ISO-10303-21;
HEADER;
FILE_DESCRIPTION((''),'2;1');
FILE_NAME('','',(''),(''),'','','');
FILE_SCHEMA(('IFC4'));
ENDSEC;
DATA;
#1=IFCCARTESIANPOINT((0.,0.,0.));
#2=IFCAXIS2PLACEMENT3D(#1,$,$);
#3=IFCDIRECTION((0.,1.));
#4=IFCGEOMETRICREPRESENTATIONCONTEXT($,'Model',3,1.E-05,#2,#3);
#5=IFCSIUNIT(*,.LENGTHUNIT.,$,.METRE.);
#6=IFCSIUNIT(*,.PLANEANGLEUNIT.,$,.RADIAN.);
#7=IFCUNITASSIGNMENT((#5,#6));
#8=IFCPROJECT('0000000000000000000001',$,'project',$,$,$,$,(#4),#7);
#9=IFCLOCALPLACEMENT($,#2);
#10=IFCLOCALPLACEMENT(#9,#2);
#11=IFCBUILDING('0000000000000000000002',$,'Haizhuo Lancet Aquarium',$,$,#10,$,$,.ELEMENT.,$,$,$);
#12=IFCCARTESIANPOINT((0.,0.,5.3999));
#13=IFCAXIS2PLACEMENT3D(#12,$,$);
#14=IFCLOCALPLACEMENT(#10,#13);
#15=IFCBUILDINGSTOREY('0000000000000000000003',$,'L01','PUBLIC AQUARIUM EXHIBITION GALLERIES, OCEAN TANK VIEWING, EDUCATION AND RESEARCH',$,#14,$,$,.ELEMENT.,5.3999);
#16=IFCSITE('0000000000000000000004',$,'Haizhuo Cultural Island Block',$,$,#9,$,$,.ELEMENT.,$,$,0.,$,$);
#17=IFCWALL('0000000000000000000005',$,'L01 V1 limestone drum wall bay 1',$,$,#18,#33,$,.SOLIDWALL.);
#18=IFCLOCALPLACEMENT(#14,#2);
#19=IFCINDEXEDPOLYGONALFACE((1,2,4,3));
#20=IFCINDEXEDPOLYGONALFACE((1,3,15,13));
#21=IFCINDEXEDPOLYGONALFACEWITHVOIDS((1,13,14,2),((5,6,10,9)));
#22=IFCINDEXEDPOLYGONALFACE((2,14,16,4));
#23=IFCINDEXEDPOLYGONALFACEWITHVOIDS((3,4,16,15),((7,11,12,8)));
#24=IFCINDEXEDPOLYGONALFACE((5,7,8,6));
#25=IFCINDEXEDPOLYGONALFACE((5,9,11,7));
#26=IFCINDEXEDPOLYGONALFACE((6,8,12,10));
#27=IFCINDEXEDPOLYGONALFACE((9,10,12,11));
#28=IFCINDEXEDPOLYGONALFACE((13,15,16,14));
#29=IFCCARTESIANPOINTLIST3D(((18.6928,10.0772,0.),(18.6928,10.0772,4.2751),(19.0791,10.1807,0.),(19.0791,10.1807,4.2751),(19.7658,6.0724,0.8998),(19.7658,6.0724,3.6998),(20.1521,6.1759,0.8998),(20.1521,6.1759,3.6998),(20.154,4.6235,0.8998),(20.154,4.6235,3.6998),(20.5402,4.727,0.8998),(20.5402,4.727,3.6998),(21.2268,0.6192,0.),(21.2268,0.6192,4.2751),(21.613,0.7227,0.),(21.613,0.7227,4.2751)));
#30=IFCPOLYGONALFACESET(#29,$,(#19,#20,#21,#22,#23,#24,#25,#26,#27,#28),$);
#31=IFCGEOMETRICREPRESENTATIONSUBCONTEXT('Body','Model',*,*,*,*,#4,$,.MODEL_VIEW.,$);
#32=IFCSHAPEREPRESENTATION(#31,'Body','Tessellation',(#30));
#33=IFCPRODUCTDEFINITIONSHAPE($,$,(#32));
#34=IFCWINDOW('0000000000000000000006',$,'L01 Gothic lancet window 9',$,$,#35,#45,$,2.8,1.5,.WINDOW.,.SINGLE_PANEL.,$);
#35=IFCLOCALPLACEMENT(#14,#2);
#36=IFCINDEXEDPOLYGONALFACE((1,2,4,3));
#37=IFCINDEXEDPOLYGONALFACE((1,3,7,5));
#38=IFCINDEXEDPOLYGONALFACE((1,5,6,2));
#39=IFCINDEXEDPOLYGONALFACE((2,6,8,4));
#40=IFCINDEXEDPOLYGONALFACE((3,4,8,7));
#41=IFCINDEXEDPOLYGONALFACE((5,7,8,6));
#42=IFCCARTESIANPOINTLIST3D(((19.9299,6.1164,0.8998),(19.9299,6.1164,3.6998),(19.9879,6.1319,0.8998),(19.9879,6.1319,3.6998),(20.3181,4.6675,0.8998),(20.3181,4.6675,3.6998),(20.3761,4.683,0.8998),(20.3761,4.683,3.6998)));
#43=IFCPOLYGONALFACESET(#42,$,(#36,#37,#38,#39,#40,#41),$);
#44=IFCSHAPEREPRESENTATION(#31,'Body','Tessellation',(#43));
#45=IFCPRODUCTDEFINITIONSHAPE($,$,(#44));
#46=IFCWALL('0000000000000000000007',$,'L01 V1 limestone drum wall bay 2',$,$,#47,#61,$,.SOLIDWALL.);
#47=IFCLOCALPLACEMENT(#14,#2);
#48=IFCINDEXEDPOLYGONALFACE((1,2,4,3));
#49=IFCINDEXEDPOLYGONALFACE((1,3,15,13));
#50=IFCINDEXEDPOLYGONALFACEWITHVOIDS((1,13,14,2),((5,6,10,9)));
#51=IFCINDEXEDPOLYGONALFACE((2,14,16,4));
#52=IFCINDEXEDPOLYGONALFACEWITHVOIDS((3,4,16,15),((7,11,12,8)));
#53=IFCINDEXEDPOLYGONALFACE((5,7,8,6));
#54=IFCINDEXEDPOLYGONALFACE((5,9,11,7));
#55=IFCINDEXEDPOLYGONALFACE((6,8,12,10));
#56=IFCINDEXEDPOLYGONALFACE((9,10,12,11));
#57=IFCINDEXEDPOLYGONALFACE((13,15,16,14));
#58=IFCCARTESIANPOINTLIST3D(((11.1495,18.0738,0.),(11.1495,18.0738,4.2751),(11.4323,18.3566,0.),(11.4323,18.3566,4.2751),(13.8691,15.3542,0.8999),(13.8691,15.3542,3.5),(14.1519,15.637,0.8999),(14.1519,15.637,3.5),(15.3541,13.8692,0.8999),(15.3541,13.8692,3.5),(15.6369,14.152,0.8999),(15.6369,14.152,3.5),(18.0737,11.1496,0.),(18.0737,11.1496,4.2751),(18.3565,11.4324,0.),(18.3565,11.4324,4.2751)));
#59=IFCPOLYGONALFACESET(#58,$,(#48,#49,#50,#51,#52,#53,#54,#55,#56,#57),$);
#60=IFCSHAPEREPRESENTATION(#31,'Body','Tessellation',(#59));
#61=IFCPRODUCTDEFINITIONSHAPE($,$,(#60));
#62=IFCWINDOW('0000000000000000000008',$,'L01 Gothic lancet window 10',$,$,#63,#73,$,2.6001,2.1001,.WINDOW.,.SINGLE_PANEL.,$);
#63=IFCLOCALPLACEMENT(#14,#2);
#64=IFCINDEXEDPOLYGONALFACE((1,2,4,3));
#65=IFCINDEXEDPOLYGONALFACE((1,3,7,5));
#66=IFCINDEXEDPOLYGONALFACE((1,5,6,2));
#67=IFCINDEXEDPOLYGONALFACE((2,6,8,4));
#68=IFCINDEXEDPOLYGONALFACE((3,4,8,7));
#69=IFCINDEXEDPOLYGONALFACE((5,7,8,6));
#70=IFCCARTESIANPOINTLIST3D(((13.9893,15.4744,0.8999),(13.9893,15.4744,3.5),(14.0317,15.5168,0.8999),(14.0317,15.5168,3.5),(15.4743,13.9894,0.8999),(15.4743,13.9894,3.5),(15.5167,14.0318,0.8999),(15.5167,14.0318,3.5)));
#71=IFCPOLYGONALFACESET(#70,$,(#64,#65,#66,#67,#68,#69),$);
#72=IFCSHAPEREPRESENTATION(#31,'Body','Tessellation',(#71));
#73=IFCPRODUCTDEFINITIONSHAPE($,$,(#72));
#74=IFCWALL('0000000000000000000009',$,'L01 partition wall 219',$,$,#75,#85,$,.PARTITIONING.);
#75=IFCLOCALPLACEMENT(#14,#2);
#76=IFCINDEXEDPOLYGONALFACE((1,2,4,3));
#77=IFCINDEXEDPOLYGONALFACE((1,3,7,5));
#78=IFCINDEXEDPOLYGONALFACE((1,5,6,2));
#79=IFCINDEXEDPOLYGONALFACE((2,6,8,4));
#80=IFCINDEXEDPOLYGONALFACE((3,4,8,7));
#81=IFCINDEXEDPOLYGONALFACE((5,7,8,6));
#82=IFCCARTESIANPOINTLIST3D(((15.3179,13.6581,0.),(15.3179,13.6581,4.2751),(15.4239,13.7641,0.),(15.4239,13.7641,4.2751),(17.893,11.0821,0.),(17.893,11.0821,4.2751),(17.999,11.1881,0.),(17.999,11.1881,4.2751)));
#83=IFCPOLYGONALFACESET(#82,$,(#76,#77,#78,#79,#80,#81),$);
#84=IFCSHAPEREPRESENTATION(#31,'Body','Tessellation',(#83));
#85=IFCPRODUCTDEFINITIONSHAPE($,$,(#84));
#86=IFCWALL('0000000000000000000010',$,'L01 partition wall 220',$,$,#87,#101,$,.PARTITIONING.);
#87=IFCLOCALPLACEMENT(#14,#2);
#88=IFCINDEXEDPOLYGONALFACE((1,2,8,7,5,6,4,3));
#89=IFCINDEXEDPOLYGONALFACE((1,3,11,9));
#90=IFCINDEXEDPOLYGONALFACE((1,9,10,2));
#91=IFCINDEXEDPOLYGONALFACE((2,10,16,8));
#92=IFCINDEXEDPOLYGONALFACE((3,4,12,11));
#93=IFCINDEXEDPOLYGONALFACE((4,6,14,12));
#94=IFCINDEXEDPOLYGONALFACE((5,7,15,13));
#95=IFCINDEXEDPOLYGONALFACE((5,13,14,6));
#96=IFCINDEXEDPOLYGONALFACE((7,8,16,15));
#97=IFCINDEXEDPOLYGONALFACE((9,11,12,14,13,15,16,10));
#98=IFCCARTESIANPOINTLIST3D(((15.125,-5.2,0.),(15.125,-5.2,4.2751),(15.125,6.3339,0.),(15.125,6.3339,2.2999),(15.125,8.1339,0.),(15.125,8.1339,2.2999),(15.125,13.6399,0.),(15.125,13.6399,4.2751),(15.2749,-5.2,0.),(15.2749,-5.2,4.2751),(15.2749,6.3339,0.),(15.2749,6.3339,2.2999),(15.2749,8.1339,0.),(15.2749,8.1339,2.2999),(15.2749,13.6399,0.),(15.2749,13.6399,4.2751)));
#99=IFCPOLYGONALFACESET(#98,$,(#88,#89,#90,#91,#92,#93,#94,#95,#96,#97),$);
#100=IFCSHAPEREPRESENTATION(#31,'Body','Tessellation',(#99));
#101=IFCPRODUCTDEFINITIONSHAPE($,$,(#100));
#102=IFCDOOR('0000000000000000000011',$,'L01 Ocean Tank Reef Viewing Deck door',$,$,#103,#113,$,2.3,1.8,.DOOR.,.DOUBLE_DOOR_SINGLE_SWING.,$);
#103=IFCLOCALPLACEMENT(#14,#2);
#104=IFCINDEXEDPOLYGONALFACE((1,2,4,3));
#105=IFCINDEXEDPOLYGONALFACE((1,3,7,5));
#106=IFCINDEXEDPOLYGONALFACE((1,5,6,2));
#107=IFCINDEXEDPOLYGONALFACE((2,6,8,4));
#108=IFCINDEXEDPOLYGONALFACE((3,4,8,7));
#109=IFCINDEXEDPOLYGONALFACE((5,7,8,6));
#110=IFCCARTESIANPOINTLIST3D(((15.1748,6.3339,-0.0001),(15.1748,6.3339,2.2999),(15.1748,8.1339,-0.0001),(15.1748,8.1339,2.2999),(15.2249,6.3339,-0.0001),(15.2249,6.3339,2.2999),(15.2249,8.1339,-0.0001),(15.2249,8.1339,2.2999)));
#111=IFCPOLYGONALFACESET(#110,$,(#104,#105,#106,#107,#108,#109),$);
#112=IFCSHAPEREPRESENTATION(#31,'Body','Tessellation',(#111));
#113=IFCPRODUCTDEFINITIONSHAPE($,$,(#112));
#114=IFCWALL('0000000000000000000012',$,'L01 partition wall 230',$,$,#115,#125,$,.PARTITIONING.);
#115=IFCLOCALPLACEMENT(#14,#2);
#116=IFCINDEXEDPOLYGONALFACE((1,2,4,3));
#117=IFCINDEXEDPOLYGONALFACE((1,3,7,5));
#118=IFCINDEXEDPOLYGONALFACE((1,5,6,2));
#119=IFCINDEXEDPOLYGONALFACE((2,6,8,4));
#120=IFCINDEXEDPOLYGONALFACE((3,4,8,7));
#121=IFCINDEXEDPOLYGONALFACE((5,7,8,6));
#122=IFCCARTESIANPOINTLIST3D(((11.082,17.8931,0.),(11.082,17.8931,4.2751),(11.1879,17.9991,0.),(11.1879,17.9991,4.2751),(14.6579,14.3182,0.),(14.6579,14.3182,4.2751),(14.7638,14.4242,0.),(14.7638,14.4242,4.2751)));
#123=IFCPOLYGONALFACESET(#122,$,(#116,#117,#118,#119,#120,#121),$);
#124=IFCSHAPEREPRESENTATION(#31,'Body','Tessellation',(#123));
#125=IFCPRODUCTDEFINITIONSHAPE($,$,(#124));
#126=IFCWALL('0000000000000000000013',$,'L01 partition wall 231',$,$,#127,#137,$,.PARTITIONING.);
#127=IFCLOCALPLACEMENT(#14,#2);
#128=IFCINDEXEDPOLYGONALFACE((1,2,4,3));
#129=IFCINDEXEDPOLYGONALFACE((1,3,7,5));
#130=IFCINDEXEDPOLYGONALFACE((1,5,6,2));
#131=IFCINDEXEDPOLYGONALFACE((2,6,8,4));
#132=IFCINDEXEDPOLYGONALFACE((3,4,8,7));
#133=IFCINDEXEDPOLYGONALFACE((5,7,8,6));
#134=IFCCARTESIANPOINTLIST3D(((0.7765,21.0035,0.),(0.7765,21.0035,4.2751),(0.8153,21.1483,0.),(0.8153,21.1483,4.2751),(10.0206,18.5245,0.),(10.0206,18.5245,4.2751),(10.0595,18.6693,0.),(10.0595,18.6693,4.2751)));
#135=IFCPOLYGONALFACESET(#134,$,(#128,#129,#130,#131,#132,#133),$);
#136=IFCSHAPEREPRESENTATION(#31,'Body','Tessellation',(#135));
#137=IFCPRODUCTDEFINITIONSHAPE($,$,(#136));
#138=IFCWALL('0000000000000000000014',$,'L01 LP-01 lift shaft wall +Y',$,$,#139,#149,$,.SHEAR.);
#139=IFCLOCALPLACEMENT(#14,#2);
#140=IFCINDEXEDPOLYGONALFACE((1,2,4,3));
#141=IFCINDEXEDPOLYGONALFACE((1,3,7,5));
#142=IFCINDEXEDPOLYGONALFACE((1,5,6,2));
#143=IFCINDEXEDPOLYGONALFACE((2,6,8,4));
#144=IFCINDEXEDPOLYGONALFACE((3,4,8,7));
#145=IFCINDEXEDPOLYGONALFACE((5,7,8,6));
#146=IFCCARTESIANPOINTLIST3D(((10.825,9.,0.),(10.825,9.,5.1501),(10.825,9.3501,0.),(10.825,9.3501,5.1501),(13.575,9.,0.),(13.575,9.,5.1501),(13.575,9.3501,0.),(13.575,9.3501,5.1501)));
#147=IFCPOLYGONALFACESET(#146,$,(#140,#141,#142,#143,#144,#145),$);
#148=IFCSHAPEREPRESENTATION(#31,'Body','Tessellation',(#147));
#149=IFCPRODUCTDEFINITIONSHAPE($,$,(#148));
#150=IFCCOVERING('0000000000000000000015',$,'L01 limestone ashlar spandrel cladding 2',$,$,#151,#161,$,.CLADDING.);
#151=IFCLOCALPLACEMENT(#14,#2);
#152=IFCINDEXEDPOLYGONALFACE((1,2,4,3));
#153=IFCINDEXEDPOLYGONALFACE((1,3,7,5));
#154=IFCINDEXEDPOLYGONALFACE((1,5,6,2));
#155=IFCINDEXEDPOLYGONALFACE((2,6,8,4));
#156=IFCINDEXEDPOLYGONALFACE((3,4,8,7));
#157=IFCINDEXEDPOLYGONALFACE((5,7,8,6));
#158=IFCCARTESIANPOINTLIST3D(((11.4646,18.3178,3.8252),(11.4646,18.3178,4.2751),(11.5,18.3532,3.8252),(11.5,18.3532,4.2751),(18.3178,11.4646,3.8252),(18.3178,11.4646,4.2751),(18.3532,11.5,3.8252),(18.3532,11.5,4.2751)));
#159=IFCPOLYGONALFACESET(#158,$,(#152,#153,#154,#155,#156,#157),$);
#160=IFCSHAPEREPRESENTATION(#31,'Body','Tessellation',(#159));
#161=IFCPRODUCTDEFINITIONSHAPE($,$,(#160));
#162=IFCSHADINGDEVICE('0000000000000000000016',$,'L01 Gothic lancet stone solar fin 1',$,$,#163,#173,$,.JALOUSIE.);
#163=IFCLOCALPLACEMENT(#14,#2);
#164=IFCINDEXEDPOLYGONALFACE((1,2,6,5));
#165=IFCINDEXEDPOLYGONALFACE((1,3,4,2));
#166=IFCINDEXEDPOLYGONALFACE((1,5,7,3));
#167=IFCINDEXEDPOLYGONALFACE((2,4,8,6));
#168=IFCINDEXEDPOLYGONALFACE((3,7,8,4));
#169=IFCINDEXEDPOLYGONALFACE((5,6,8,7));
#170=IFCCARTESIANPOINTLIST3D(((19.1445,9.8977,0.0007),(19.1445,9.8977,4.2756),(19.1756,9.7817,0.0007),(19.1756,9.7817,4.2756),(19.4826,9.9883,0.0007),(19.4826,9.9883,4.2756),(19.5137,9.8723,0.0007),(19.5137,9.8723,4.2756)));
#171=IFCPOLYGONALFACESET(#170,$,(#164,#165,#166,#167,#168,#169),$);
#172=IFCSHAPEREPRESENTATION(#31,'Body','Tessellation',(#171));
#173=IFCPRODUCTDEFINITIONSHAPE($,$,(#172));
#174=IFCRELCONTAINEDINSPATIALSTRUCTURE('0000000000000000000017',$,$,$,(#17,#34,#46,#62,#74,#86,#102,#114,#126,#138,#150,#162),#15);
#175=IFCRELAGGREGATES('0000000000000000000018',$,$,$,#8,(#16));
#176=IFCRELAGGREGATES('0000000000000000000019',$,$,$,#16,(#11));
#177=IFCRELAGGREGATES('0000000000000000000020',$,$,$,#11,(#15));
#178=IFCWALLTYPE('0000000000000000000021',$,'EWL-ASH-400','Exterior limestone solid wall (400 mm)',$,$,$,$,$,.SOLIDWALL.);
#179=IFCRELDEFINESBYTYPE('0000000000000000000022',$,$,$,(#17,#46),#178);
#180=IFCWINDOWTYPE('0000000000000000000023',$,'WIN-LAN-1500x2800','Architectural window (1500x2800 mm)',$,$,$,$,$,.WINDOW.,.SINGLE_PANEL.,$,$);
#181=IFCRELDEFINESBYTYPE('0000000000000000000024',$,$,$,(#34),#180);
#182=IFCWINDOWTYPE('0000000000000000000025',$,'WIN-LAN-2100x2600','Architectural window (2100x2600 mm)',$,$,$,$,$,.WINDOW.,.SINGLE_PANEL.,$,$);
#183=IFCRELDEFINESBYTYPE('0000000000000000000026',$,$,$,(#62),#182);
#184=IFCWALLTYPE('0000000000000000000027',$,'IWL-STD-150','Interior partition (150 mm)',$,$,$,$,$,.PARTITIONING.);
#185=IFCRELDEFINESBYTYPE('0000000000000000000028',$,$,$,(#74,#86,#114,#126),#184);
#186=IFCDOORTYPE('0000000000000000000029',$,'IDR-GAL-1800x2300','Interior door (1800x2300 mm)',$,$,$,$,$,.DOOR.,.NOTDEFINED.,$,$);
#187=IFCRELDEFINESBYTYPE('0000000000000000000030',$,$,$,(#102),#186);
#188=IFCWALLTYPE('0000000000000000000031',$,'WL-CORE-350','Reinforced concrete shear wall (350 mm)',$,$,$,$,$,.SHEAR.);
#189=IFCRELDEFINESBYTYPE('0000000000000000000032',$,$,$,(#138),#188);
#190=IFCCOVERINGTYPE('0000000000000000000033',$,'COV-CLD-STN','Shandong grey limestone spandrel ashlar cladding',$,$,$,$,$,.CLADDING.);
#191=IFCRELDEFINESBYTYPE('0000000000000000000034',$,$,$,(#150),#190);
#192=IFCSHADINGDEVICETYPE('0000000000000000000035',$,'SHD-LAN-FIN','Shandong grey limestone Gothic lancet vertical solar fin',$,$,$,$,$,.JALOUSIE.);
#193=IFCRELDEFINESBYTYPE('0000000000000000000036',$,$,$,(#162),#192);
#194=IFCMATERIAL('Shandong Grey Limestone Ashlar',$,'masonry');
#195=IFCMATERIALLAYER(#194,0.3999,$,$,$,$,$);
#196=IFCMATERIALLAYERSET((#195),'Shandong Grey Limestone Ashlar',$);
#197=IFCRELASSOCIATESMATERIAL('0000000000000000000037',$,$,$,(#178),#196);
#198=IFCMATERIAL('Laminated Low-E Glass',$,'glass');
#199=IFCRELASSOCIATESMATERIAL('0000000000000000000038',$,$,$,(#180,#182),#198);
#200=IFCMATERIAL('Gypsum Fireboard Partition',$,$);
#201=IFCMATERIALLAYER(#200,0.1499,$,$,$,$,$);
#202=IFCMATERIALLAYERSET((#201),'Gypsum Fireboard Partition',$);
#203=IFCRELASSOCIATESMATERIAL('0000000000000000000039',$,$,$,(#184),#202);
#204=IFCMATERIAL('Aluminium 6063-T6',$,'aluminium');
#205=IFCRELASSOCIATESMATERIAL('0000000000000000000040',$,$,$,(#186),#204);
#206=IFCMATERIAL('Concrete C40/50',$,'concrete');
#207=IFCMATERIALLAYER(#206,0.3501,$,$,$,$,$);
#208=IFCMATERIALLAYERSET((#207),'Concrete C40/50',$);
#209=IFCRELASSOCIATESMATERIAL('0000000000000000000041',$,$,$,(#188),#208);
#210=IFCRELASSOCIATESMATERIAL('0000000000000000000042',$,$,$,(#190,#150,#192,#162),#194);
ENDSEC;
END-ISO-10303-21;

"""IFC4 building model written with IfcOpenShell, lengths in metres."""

from ifc_helpers import new_model, si_unit, direction, frame, frame_2d, origin, origin_2d, place, context, subcontext, project, spatial, rectangle, extrude, material, layer, layer_set, type_object, element, fill, save


model = new_model("IFC4")

# Units and contexts
model_context = context("Model", 3, precision=1e-05, world=origin(), true_north=direction((0.0, 1.0)))
body_context = subcontext(model_context, "Body", "Model", "MODEL_VIEW")
ifc_project = project(units=[si_unit("LENGTHUNIT", "METRE"), si_unit("PLANEANGLEUNIT", "RADIAN")], contexts=[model_context])

# Site, building, storey
site_placement = place(None, origin())
site = spatial("IfcSite", under=ifc_project, at=site_placement, Name="Haizhuo Cultural Island Block", CompositionType="ELEMENT", RefElevation=0.0)
building_placement = place(site_placement, origin())
building = spatial("IfcBuilding", under=site, at=building_placement, Name="Haizhuo Lancet Aquarium", CompositionType="ELEMENT")
storey_placement = place(building_placement, frame((0.0, 0.0, 5.3999)))
storey = spatial("IfcBuildingStorey", under=building, at=storey_placement, Name="L01", Description="PUBLIC AQUARIUM EXHIBITION GALLERIES, OCEAN TANK VIEWING, EDUCATION AND RESEARCH", CompositionType="ELEMENT", Elevation=5.3999)

# Shared definitions
ifc_material_1 = material(Name="Aluminium 6063-T6", Category="aluminium")

# Shared definitions
ifc_material_2 = material(Name="Concrete C40/50", Category="concrete")

# Shared definitions
ifc_material_3 = material(Name="Laminated Low-E Glass", Category="glass")

# Walls, openings, windows
ifc_material_4 = material(Name="Shandong Grey Limestone Ashlar", Category="masonry")
ifc_layer_1 = layer(ifc_material_4, 0.3999)
ifc_layer_set_1 = layer_set([ifc_layer_1], Name="Shandong Grey Limestone Ashlar")
wall_type_1 = type_object("IfcWallType", Name="EWL-ASH-400", Description="Exterior limestone solid wall (400 mm)", PredefinedType="SOLIDWALL", material=ifc_layer_set_1)
wall_1_placement = place(storey_placement, frame((18.886, 10.1289, 0.0), z_axis=(0.0, 0.0, 1.0), x_axis=(0.258788, -0.965934, 0.0)))
wall_1 = element("IfcWall", 1, at=wall_1_placement, inside=storey, type_object=wall_type_1, Name="L01 V1 limestone drum wall bay 1", PredefinedType="SOLIDWALL", context=body_context, shape_type="SweptSolid", body=[
    extrude(rectangle(XDim=9.7915, YDim=0.3999, at=frame_2d((4.8958, 0.0))), origin(), (0.0, 0.0, 1.0), 4.2751),
])
opening_1_placement = place(wall_1_placement, frame((4.146, 0.0, 0.8999)))
opening_1 = element("IfcOpeningElement", 2, at=opening_1_placement, cuts=wall_1, PredefinedType="OPENING", context=body_context, shape_type="SweptSolid", body=[
    extrude(rectangle(XDim=1.5, YDim=2.8, at=frame_2d((0.75, 1.3999))), frame((0.0, 0.21, 0.0), z_axis=(0.0, -1.0, 0.0), x_axis=(1.0, 0.0, 0.0)), (0.0, 0.0, 1.0), 0.4199),
])
window_type_1 = type_object("IfcWindowType", Name="WIN-LAN-1500x2800", Description="Architectural window (1500x2800 mm)", PartitioningType="SINGLE_PANEL", PredefinedType="WINDOW", material=ifc_material_3)
window_1_placement = place(opening_1_placement, origin())
window_1 = element("IfcWindow", 3, at=window_1_placement, inside=storey, type_object=window_type_1, Name="L01 Gothic lancet window 9", OverallHeight=2.8, OverallWidth=1.5, PartitioningType="SINGLE_PANEL", PredefinedType="WINDOW", context=body_context, shape_type="SweptSolid", body=[
    extrude(rectangle(XDim=1.5, YDim=2.8, at=frame_2d((0.75, 1.3999))), frame((0.0, 0.03, 0.0), z_axis=(0.0, -1.0, 0.0), x_axis=(1.0, 0.0, 0.0)), (0.0, 0.0, 1.0), 0.0601),
])
fill(opening_1, window_1)
wall_2_placement = place(storey_placement, frame((11.291, 18.2151, 0.0), z_axis=(0.0, 0.0, 1.0), x_axis=(0.707107, -0.707107, 0.0)))
wall_2 = element("IfcWall", 4, at=wall_2_placement, inside=storey, type_object=wall_type_1, Name="L01 V1 limestone drum wall bay 2", PredefinedType="SOLIDWALL", context=body_context, shape_type="SweptSolid", body=[
    extrude(rectangle(XDim=9.7922, YDim=0.3999, at=frame_2d((4.896, 0.0))), origin(), (0.0, 0.0, 1.0), 4.2751),
])
opening_2_placement = place(wall_2_placement, frame((3.8459, 0.0, 0.8999)))
opening_2 = element("IfcOpeningElement", 5, at=opening_2_placement, cuts=wall_2, PredefinedType="OPENING", context=body_context, shape_type="SweptSolid", body=[
    extrude(rectangle(XDim=2.1001, YDim=2.6001, at=frame_2d((1.05, 1.3))), frame((0.0, 0.21, 0.0), z_axis=(0.0, -1.0, 0.0), x_axis=(1.0, 0.0, 0.0)), (0.0, 0.0, 1.0), 0.4199),
])
window_type_2 = type_object("IfcWindowType", Name="WIN-LAN-2100x2600", Description="Architectural window (2100x2600 mm)", PartitioningType="SINGLE_PANEL", PredefinedType="WINDOW", material=ifc_material_3)
window_2_placement = place(opening_2_placement, origin())
window_2 = element("IfcWindow", 6, at=window_2_placement, inside=storey, type_object=window_type_2, Name="L01 Gothic lancet window 10", OverallHeight=2.6001, OverallWidth=2.1001, PartitioningType="SINGLE_PANEL", PredefinedType="WINDOW", context=body_context, shape_type="SweptSolid", body=[
    extrude(rectangle(XDim=2.1001, YDim=2.6001, at=frame_2d((1.05, 1.3))), frame((0.0, 0.03, 0.0), z_axis=(0.0, -1.0, 0.0), x_axis=(1.0, 0.0, 0.0)), (0.0, 0.0, 1.0), 0.0601),
])
fill(opening_2, window_2)

# Wall
ifc_material_5 = material(Name="Gypsum Fireboard Partition")
ifc_layer_2 = layer(ifc_material_5, 0.1499)
ifc_layer_set_2 = layer_set([ifc_layer_2], Name="Gypsum Fireboard Partition")
wall_type_2 = type_object("IfcWallType", Name="IWL-STD-150", Description="Interior partition (150 mm)", PredefinedType="PARTITIONING", material=ifc_layer_set_2)
wall_3_placement = place(storey_placement, frame((17.946, 11.135, 0.0), z_axis=(0.0, 0.0, 1.0), x_axis=(-0.706973, 0.707241, 0.0)))
element("IfcWall", 7, at=wall_3_placement, inside=storey, type_object=wall_type_2, Name="L01 partition wall 219", PredefinedType="PARTITIONING", context=body_context, shape_type="SweptSolid", body=[
    extrude(rectangle(XDim=3.6423, YDim=0.1499, at=frame_2d((1.8213, 0.0))), origin(), (0.0, 0.0, 1.0), 4.2751),
])

# Wall, opening, door
wall_4_placement = place(storey_placement, frame((15.2, 13.6399, 0.0), z_axis=(0.0, 0.0, 1.0), x_axis=(0.0, -1.0, 0.0)))
wall_4 = element("IfcWall", 8, at=wall_4_placement, inside=storey, type_object=wall_type_2, Name="L01 partition wall 220", PredefinedType="PARTITIONING", context=body_context, shape_type="SweptSolid", body=[
    extrude(rectangle(XDim=18.8398, YDim=0.1499, at=frame_2d((9.4199, 0.0))), origin(), (0.0, 0.0, 1.0), 4.2751),
])
opening_3_placement = place(wall_4_placement, frame((5.5061, 0.0, 0.0)))
opening_3 = element("IfcOpeningElement", 9, at=opening_3_placement, cuts=wall_4, PredefinedType="OPENING", context=body_context, shape_type="SweptSolid", body=[
    extrude(rectangle(XDim=1.8, YDim=2.3, at=frame_2d((0.8999, 1.1499))), frame((0.0, 0.085, 0.0), z_axis=(0.0, -1.0, 0.0), x_axis=(1.0, 0.0, 0.0)), (0.0, 0.0, 1.0), 0.1699),
])
door_type = type_object("IfcDoorType", Name="IDR-GAL-1800x2300", Description="Interior door (1800x2300 mm)", OperationType="NOTDEFINED", PredefinedType="DOOR", material=ifc_material_1)
door_placement = place(opening_3_placement, origin())
door = element("IfcDoor", 10, at=door_placement, inside=storey, type_object=door_type, Name="L01 Ocean Tank Reef Viewing Deck door", OperationType="DOUBLE_DOOR_SINGLE_SWING", OverallHeight=2.3, OverallWidth=1.8, PredefinedType="DOOR", context=body_context, shape_type="SweptSolid", body=[
    extrude(rectangle(XDim=1.8, YDim=2.3, at=frame_2d((0.8999, 1.1499))), frame((0.0, 0.0249, 0.0), z_axis=(0.0, -1.0, 0.0), x_axis=(1.0, 0.0, 0.0)), (0.0, 0.0, 1.0), 0.05),
])
fill(opening_3, door)

# Walls
wall_5_placement = place(storey_placement, frame((14.7109, 14.3711, 0.0), z_axis=(0.0, 0.0, 1.0), x_axis=(-0.707203, 0.70701, 0.0)))
element("IfcWall", 11, at=wall_5_placement, inside=storey, type_object=wall_type_2, Name="L01 partition wall 230", PredefinedType="PARTITIONING", context=body_context, shape_type="SweptSolid", body=[
    extrude(rectangle(XDim=5.0564, YDim=0.1499, at=frame_2d((2.5283, 0.0))), origin(), (0.0, 0.0, 1.0), 4.2751),
])
wall_6_placement = place(storey_placement, frame((10.04, 18.5969, 0.0), z_axis=(0.0, 0.0, 1.0), x_axis=(-0.965872, 0.259018, 0.0)))
element("IfcWall", 12, at=wall_6_placement, inside=storey, type_object=wall_type_2, Name="L01 partition wall 231", PredefinedType="PARTITIONING", context=body_context, shape_type="SweptSolid", body=[
    extrude(rectangle(XDim=9.5708, YDim=0.1499, at=frame_2d((4.7854, 0.0))), origin(), (0.0, 0.0, 1.0), 4.2751),
])
ifc_layer_3 = layer(ifc_material_2, 0.3501)
ifc_layer_set_3 = layer_set([ifc_layer_3], Name="Concrete C40/50")
wall_type_3 = type_object("IfcWallType", Name="WL-CORE-350", Description="Reinforced concrete shear wall (350 mm)", PredefinedType="SHEAR", material=ifc_layer_set_3)
wall_7_placement = place(storey_placement, frame((13.575, 9.175, 0.0), z_axis=(0.0, 0.0, 1.0), x_axis=(-1.0, 0.0, 0.0)))
element("IfcWall", 13, at=wall_7_placement, inside=storey, type_object=wall_type_3, Name="L01 LP-01 lift shaft wall +Y", PredefinedType="SHEAR", context=body_context, shape_type="SweptSolid", body=[
    extrude(rectangle(XDim=2.75, YDim=0.3501, at=frame_2d((1.375, 0.0))), origin(), (0.0, 0.0, 1.0), 5.1501),
])

# Covering
covering_type = type_object("IfcCoveringType", Name="COV-CLD-STN", Description="Shandong grey limestone spandrel ashlar cladding", PredefinedType="CLADDING", material=ifc_material_4)
covering_placement = place(storey_placement, frame((14.9089, 14.9089, 3.8252), z_axis=(0.0, 0.0, 1.0), x_axis=(0.707107, -0.707107, 0.0)))
element("IfcCovering", 14, at=covering_placement, inside=storey, type_object=covering_type, material=ifc_material_4, Name="L01 limestone ashlar spandrel cladding 2", PredefinedType="CLADDING", context=body_context, shape_type="SweptSolid", body=[
    extrude(rectangle(XDim=9.6919, YDim=0.05, at=origin_2d()), origin(), (0.0, 0.0, 1.0), 0.45),
])

# Shading device
shading_device_type = type_object("IfcShadingDeviceType", Name="SHD-LAN-FIN", Description="Shandong grey limestone Gothic lancet vertical solar fin", PredefinedType="JALOUSIE", material=ifc_material_4)
for number, where, z_axis, x_axis, name in (
    (15, (19.3291, 9.885, 0.0007), (0.0, 0.0, 1.0), (0.258794, -0.965933, 0.0), "L01 Gothic lancet stone solar fin 1"),
):
    element("IfcShadingDevice", number, at=place(storey_placement, frame(where, z_axis=z_axis, x_axis=x_axis)), inside=storey, type_object=shading_device_type, material=ifc_material_4, Name=name, PredefinedType="JALOUSIE", context=body_context, shape_type="SweptSolid", body=[
        extrude(rectangle(XDim=0.1201, YDim=0.3501, at=origin_2d()), origin(), (0.0, 0.0, 1.0), 4.2749),
    ])

save(model, "model.ifc")
